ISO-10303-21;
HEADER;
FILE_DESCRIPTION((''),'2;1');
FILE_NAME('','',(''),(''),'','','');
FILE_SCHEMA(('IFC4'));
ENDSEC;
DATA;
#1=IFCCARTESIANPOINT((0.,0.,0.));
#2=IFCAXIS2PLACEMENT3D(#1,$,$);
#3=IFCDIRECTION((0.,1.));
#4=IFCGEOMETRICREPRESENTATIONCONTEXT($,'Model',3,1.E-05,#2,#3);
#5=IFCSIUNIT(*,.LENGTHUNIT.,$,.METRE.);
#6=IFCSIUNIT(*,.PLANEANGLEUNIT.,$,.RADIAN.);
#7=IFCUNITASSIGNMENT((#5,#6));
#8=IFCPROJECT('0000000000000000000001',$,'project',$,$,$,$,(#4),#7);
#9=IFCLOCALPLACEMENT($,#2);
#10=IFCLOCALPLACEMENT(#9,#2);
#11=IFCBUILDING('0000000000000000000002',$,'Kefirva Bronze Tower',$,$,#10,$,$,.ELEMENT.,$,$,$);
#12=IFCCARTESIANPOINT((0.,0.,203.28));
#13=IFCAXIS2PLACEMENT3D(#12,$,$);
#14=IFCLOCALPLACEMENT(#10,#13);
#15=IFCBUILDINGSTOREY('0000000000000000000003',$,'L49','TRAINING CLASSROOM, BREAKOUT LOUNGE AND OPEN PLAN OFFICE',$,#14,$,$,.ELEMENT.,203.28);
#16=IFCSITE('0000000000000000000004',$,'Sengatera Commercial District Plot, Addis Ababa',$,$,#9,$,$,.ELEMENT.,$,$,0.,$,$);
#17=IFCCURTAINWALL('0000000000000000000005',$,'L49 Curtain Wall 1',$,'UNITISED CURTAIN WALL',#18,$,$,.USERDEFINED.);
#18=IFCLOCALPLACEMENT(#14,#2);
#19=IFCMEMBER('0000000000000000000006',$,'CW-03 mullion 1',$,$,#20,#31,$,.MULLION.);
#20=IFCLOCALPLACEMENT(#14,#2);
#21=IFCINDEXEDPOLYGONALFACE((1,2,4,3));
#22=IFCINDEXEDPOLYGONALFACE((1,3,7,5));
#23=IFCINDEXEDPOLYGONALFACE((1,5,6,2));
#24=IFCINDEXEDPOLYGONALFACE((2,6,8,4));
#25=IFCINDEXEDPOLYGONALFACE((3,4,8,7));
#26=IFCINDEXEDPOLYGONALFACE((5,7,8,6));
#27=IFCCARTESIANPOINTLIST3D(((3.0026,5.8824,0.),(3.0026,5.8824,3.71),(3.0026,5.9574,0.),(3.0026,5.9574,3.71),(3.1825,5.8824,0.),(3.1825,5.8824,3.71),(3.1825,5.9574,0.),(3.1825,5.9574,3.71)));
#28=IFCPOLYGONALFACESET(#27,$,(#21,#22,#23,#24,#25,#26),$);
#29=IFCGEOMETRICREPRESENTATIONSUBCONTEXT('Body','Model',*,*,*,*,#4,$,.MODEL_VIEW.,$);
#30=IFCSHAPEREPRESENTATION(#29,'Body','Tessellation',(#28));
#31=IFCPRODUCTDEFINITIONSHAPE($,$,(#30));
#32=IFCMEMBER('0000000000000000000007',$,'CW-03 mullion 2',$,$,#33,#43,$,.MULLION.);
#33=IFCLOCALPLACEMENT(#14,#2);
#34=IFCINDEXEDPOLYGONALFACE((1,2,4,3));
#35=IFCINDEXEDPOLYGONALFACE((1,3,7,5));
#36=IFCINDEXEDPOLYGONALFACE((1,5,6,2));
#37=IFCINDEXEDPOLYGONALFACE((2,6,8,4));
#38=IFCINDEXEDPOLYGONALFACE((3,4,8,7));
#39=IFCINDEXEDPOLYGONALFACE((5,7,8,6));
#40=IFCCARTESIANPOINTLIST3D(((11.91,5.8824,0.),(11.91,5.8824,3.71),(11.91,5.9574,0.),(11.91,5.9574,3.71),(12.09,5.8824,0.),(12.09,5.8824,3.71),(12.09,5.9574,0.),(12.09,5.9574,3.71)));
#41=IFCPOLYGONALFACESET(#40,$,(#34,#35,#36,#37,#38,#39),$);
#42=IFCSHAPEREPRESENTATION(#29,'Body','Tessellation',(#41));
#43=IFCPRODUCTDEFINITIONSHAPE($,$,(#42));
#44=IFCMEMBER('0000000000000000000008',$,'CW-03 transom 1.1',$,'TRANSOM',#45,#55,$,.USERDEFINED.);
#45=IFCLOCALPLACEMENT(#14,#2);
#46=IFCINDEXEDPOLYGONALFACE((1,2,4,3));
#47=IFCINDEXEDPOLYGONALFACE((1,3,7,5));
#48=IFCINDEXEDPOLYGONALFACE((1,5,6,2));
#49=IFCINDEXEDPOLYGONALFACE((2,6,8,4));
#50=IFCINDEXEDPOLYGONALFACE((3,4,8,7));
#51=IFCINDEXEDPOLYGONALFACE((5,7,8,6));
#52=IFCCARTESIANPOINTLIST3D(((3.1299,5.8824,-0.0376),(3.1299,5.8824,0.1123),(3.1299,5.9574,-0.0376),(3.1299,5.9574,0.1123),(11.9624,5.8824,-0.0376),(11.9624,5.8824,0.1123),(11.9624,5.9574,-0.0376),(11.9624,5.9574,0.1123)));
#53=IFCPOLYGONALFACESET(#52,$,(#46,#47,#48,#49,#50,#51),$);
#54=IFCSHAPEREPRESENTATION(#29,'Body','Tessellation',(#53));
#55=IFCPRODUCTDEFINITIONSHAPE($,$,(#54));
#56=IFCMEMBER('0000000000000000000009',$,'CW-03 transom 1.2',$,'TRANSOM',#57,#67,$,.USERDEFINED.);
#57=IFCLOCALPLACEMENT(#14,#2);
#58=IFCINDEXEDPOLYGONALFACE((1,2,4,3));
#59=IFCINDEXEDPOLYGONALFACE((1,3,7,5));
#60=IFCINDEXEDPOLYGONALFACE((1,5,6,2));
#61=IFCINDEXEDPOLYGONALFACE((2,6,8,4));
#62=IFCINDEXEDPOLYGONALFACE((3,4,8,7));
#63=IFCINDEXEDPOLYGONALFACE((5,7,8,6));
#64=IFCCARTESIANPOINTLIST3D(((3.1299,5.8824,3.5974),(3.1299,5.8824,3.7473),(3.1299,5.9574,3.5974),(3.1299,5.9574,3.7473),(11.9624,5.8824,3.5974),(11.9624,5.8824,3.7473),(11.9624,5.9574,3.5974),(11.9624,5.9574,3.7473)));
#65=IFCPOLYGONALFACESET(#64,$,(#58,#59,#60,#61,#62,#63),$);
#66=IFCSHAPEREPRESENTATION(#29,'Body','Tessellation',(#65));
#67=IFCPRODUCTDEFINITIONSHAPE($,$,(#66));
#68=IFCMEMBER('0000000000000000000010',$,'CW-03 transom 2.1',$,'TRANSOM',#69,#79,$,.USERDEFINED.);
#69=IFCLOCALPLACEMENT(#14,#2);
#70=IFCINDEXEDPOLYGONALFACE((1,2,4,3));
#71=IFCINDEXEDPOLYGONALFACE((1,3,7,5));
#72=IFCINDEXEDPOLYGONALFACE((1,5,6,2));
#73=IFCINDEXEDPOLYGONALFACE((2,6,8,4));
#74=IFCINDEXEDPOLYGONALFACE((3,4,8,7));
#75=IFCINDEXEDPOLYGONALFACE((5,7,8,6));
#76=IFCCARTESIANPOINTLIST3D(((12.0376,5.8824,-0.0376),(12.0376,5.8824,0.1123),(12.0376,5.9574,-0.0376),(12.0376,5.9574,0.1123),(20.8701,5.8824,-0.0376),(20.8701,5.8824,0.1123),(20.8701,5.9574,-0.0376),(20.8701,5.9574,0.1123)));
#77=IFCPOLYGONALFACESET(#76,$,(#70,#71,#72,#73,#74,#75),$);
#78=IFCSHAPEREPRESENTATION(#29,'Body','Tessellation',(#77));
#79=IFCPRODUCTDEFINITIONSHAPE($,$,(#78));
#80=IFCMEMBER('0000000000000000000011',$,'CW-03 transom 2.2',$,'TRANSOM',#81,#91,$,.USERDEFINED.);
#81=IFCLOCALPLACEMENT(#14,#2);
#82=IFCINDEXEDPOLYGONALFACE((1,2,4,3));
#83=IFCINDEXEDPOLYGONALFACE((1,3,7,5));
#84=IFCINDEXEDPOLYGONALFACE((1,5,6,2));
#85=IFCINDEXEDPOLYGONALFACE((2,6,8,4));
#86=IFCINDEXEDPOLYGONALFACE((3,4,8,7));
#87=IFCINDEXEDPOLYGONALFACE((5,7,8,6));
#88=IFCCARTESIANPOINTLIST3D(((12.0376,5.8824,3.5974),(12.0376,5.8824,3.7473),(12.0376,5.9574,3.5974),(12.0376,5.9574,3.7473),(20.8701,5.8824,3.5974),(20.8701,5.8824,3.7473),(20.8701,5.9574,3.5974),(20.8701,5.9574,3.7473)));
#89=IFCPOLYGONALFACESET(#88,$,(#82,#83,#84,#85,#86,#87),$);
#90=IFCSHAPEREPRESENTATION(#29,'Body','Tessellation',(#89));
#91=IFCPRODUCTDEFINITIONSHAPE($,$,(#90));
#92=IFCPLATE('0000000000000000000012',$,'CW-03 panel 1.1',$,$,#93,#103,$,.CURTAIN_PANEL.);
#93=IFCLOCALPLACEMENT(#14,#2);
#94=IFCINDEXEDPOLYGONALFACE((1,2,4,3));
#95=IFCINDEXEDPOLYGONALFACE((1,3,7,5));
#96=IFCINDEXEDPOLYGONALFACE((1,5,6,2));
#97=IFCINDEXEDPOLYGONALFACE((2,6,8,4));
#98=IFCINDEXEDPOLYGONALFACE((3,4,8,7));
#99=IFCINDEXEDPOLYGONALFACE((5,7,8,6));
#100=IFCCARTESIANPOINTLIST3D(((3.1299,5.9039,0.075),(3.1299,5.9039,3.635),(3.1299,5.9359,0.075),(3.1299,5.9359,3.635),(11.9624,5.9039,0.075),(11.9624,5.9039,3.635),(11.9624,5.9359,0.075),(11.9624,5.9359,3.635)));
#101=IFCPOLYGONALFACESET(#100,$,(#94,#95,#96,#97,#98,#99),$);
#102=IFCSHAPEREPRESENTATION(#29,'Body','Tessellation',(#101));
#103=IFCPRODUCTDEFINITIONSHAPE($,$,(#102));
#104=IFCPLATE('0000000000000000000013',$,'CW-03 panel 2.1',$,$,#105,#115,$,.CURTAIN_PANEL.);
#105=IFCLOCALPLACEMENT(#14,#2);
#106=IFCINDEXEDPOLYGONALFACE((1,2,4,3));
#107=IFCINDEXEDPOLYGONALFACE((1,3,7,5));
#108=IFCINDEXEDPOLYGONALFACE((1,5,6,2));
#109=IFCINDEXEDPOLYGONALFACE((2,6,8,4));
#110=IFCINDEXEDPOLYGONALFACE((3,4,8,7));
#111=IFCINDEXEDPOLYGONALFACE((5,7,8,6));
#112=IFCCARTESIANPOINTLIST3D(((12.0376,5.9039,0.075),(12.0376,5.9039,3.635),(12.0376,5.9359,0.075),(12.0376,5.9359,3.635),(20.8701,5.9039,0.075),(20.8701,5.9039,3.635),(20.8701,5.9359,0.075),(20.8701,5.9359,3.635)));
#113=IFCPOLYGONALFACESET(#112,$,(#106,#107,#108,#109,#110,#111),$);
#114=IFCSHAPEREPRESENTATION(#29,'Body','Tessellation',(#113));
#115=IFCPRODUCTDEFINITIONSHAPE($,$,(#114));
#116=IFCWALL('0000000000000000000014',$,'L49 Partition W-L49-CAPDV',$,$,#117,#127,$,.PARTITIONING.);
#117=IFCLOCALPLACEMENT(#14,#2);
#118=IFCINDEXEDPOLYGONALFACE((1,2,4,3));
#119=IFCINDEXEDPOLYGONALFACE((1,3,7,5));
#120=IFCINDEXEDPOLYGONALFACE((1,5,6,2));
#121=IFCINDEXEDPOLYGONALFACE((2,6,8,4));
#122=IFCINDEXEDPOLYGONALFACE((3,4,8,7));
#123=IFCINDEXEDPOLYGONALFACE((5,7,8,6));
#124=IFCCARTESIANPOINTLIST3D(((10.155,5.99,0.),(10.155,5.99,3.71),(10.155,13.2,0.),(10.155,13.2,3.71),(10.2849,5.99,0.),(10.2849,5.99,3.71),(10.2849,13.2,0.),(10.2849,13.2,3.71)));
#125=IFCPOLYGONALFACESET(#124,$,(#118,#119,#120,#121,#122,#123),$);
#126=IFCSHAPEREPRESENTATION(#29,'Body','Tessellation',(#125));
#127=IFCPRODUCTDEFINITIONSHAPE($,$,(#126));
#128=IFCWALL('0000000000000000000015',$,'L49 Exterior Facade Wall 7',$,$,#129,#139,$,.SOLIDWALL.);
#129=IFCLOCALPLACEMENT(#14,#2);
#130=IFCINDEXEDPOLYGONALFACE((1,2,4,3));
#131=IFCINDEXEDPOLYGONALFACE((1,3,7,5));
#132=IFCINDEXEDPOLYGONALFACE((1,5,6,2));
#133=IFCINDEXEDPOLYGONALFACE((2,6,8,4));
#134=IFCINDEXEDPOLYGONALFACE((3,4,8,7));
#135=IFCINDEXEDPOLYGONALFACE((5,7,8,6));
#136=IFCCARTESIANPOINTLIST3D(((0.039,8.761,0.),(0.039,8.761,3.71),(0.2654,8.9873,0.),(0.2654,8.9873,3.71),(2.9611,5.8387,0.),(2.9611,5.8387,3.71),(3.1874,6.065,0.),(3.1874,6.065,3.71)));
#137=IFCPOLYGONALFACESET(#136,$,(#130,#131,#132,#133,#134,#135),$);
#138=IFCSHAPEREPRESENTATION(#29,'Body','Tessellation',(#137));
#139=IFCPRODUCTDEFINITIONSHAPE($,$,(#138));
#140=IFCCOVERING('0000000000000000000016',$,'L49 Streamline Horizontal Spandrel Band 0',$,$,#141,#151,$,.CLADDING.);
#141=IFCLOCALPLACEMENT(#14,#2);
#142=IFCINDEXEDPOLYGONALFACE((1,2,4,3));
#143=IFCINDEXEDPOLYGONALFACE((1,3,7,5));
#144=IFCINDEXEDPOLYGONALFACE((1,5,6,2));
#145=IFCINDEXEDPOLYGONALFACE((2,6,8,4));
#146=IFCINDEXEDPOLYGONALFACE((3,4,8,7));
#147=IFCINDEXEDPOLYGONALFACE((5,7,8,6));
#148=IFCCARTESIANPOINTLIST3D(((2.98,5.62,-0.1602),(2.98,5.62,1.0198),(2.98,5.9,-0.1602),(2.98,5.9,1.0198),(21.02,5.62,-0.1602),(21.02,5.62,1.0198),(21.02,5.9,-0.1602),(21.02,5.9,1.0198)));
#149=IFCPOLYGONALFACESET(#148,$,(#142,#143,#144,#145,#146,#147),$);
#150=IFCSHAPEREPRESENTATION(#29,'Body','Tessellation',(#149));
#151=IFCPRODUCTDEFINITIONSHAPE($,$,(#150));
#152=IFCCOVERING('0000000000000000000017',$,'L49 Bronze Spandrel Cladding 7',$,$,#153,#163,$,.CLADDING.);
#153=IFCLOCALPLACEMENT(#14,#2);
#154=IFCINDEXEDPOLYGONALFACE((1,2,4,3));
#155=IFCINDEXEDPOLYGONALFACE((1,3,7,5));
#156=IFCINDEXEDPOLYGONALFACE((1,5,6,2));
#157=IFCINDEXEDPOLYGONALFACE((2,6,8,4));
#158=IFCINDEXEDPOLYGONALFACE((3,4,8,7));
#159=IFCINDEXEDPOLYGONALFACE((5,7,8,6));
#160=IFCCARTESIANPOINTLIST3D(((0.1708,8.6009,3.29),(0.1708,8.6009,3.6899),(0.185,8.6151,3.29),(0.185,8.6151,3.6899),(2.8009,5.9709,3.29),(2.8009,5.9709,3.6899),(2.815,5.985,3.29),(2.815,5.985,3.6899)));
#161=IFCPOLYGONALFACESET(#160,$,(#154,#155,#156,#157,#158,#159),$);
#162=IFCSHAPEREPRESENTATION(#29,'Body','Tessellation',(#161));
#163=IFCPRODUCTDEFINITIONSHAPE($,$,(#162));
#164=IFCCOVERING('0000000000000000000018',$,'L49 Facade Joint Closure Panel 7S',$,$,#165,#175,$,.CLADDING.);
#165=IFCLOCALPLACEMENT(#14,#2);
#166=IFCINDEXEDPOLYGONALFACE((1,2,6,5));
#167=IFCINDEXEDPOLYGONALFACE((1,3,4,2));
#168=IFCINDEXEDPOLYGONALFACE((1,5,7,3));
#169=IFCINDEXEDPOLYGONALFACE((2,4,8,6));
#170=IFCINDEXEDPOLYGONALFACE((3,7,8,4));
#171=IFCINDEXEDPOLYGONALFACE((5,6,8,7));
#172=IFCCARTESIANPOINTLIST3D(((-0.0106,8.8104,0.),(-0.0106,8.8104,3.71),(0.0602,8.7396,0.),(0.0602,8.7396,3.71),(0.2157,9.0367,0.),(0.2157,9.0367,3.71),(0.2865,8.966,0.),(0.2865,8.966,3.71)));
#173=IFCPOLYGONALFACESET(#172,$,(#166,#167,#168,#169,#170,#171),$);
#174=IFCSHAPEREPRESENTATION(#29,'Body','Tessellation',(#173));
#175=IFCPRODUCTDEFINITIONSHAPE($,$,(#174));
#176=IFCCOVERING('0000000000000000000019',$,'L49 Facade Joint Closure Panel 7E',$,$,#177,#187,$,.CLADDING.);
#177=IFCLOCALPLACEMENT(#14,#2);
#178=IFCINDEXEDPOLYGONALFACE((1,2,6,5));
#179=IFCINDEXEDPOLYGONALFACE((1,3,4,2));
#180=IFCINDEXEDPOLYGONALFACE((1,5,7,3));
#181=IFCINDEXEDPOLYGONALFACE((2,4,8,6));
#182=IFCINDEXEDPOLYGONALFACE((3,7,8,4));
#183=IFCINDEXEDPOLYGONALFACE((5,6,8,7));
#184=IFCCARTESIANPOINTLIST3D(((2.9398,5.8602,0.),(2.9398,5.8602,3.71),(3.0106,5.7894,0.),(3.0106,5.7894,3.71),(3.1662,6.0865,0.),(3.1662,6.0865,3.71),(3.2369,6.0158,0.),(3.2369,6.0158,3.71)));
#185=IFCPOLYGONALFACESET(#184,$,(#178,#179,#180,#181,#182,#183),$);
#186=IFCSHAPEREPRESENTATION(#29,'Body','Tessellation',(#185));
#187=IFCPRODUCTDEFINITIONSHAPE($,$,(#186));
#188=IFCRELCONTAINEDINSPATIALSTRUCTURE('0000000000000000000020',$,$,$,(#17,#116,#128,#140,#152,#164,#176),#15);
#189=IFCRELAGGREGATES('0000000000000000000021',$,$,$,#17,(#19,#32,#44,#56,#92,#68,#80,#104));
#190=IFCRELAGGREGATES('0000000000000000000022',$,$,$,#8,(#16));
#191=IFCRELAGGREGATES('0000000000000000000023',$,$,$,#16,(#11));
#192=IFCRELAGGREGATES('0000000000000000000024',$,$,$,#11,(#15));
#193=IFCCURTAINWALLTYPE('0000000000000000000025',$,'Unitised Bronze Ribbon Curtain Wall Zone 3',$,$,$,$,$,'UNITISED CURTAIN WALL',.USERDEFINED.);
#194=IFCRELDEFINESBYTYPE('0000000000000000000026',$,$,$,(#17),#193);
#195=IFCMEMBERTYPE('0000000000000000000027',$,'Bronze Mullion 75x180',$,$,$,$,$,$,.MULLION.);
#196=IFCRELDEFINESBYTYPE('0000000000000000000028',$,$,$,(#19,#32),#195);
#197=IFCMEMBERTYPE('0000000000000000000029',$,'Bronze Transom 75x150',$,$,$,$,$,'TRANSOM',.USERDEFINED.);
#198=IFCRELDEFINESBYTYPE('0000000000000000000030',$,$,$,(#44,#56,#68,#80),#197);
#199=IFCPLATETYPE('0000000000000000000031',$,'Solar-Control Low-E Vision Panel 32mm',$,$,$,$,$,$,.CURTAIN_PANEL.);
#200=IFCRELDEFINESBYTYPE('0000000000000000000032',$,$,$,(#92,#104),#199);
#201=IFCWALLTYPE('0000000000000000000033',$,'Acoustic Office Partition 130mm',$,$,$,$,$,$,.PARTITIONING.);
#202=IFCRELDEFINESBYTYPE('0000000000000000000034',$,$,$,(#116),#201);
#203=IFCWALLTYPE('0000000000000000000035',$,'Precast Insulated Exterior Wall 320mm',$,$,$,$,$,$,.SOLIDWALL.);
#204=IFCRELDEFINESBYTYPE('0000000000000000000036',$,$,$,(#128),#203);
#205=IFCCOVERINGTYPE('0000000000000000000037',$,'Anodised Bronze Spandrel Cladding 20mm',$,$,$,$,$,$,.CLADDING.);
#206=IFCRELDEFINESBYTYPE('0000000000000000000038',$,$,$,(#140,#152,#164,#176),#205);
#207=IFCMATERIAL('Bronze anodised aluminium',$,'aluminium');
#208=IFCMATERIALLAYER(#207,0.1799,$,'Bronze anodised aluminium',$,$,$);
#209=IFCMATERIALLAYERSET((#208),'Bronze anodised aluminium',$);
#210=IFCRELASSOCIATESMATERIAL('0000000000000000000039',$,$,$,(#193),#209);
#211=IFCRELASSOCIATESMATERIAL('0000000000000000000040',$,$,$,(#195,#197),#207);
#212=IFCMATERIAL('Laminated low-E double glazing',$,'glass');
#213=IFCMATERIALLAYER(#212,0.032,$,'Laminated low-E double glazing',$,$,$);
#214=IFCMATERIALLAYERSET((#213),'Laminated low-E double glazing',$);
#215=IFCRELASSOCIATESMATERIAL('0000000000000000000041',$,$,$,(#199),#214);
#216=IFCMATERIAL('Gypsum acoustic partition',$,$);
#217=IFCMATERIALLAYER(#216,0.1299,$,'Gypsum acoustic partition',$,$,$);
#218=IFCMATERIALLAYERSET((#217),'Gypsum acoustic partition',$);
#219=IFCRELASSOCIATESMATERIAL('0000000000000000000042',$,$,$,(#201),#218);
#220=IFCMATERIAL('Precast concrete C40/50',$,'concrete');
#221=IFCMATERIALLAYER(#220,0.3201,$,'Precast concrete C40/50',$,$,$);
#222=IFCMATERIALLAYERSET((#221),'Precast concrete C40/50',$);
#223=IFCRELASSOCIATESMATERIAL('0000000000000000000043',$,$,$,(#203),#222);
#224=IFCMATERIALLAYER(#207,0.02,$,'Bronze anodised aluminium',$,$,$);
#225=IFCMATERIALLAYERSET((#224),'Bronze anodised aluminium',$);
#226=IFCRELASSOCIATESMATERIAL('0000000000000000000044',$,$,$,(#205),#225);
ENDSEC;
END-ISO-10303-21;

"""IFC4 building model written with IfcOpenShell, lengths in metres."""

from ifc_helpers import new_model, si_unit, direction, frame, frame_2d, origin, origin_2d, place, context, subcontext, project, spatial, rectangle, extrude, material, layer, layer_set, material_profile, profile_set, type_object, element, aggregate, save


model = new_model("IFC4")

# Units and contexts
model_context = context("Model", 3, precision=1e-05, world=origin(), true_north=direction((0.0, 1.0)))
body_context = subcontext(model_context, "Body", "Model", "MODEL_VIEW")
ifc_project = project(units=[si_unit("LENGTHUNIT", "METRE"), si_unit("PLANEANGLEUNIT", "RADIAN")], contexts=[model_context])

# Site, building, storey
site_placement = place(None, origin())
site = spatial("IfcSite", under=ifc_project, at=site_placement, Name="Sengatera Commercial District Plot, Addis Ababa", CompositionType="ELEMENT", RefElevation=0.0)
building_placement = place(site_placement, origin())
building = spatial("IfcBuilding", under=site, at=building_placement, Name="Kefirva Bronze Tower", CompositionType="ELEMENT")
storey_placement = place(building_placement, frame((0.0, 0.0, 203.28)))
storey = spatial("IfcBuildingStorey", under=building, at=storey_placement, Name="L49", Description="TRAINING CLASSROOM, BREAKOUT LOUNGE AND OPEN PLAN OFFICE", CompositionType="ELEMENT", Elevation=203.28)

# Curtain wall, members, plates
ifc_material_1 = material(Name="Bronze anodised aluminium", Category="aluminium")
ifc_layer_1 = layer(ifc_material_1, 0.1799, Name="Bronze anodised aluminium")
ifc_layer_set_1 = layer_set([ifc_layer_1], Name="Bronze anodised aluminium")
curtain_wall_type = type_object("IfcCurtainWallType", Name="Unitised Bronze Ribbon Curtain Wall Zone 3", ElementType="UNITISED CURTAIN WALL", PredefinedType="USERDEFINED", material=ifc_layer_set_1)
curtain_wall_placement = place(storey_placement, origin())
curtain_wall = element("IfcCurtainWall", 1, at=curtain_wall_placement, inside=storey, type_object=curtain_wall_type, Name="L49 Curtain Wall 1", ObjectType="UNITISED CURTAIN WALL", PredefinedType="USERDEFINED")
ifc_material_profile_1 = material_profile(ifc_material_1, rectangle(XDim=0.075, YDim=0.1799, at=origin_2d()), Name="ALU 75x180")
ifc_profile_set_1 = profile_set([ifc_material_profile_1], Name="Bronze anodised aluminium")
member_type_1 = type_object("IfcMemberType", Name="Bronze Mullion 75x180", PredefinedType="MULLION", material=ifc_profile_set_1)
member_1_placement = place(storey_placement, frame((3.0925, 5.9199, 0.0), z_axis=(0.0, 0.0, 1.0), x_axis=(0.0, 1.0, 0.0)))
member_1 = element("IfcMember", 2, at=member_1_placement, type_object=member_type_1, Name="CW-03 mullion 1", PredefinedType="MULLION", context=body_context, shape_type="SweptSolid", body=[
    extrude(rectangle(XDim=0.075, YDim=0.1799, at=origin_2d()), origin(), (0.0, 0.0, 1.0), 3.71),
])
member_2_placement = place(storey_placement, frame((12.0, 5.9199, 0.0), z_axis=(0.0, 0.0, 1.0), x_axis=(0.0, 1.0, 0.0)))
member_2 = element("IfcMember", 3, at=member_2_placement, type_object=member_type_1, Name="CW-03 mullion 2", PredefinedType="MULLION", context=body_context, shape_type="SweptSolid", body=[
    extrude(rectangle(XDim=0.075, YDim=0.1799, at=origin_2d()), origin(), (0.0, 0.0, 1.0), 3.71),
])
ifc_material_profile_2 = material_profile(ifc_material_1, rectangle(XDim=0.075, YDim=0.1499, at=origin_2d()), Name="ALU 75x150")
ifc_profile_set_2 = profile_set([ifc_material_profile_2], Name="Bronze anodised aluminium")
member_type_2 = type_object("IfcMemberType", Name="Bronze Transom 75x150", ElementType="TRANSOM", PredefinedType="USERDEFINED", material=ifc_profile_set_2)
member_3_placement = place(storey_placement, frame((3.1299, 5.9199, 0.0374), z_axis=(1.0, 0.0, 0.0), x_axis=(0.0, 1.0, 0.0)))
member_3 = element("IfcMember", 4, at=member_3_placement, type_object=member_type_2, Name="CW-03 transom 1.1", ObjectType="TRANSOM", PredefinedType="USERDEFINED", context=body_context, shape_type="SweptSolid", body=[
    extrude(rectangle(XDim=0.075, YDim=0.1499, at=origin_2d()), origin(), (0.0, 0.0, 1.0), 8.8325),
])
member_4_placement = place(storey_placement, frame((3.1299, 5.9199, 3.6724), z_axis=(1.0, 0.0, 0.0), x_axis=(0.0, 1.0, 0.0)))
member_4 = element("IfcMember", 5, at=member_4_placement, type_object=member_type_2, Name="CW-03 transom 1.2", ObjectType="TRANSOM", PredefinedType="USERDEFINED", context=body_context, shape_type="SweptSolid", body=[
    extrude(rectangle(XDim=0.075, YDim=0.1499, at=origin_2d()), origin(), (0.0, 0.0, 1.0), 8.8325),
])
member_5_placement = place(storey_placement, frame((12.0376, 5.9199, 0.0374), z_axis=(1.0, 0.0, 0.0), x_axis=(0.0, 1.0, 0.0)))
member_5 = element("IfcMember", 6, at=member_5_placement, type_object=member_type_2, Name="CW-03 transom 2.1", ObjectType="TRANSOM", PredefinedType="USERDEFINED", context=body_context, shape_type="SweptSolid", body=[
    extrude(rectangle(XDim=0.075, YDim=0.1499, at=origin_2d()), origin(), (0.0, 0.0, 1.0), 8.8325),
])
member_6_placement = place(storey_placement, frame((12.0376, 5.9199, 3.6724), z_axis=(1.0, 0.0, 0.0), x_axis=(0.0, 1.0, 0.0)))
member_6 = element("IfcMember", 7, at=member_6_placement, type_object=member_type_2, Name="CW-03 transom 2.2", ObjectType="TRANSOM", PredefinedType="USERDEFINED", context=body_context, shape_type="SweptSolid", body=[
    extrude(rectangle(XDim=0.075, YDim=0.1499, at=origin_2d()), origin(), (0.0, 0.0, 1.0), 8.8325),
])
ifc_material_2 = material(Name="Laminated low-E double glazing", Category="glass")
ifc_layer_2 = layer(ifc_material_2, 0.032, Name="Laminated low-E double glazing")
ifc_layer_set_2 = layer_set([ifc_layer_2], Name="Laminated low-E double glazing")
plate_type = type_object("IfcPlateType", Name="Solar-Control Low-E Vision Panel 32mm", PredefinedType="CURTAIN_PANEL", material=ifc_layer_set_2)
plate_1_placement = place(storey_placement, frame((7.5461, 5.9199, 0.075), z_axis=(0.0, 0.0, 1.0), x_axis=(1.0, 0.0, 0.0)))
plate_1 = element("IfcPlate", 8, at=plate_1_placement, type_object=plate_type, Name="CW-03 panel 1.1", PredefinedType="CURTAIN_PANEL", context=body_context, shape_type="SweptSolid", body=[
    extrude(rectangle(XDim=8.8325, YDim=0.032, at=origin_2d()), origin(), (0.0, 0.0, 1.0), 3.5601),
])
plate_2_placement = place(storey_placement, frame((16.4539, 5.9199, 0.075), z_axis=(0.0, 0.0, 1.0), x_axis=(1.0, 0.0, 0.0)))
plate_2 = element("IfcPlate", 9, at=plate_2_placement, type_object=plate_type, Name="CW-03 panel 2.1", PredefinedType="CURTAIN_PANEL", context=body_context, shape_type="SweptSolid", body=[
    extrude(rectangle(XDim=8.8325, YDim=0.032, at=origin_2d()), origin(), (0.0, 0.0, 1.0), 3.5601),
])
aggregate(curtain_wall, [member_1, member_2, member_3, member_4, plate_1, member_5, member_6, plate_2])

# Walls
ifc_material_3 = material(Name="Gypsum acoustic partition")
ifc_layer_3 = layer(ifc_material_3, 0.1299, Name="Gypsum acoustic partition")
ifc_layer_set_3 = layer_set([ifc_layer_3], Name="Gypsum acoustic partition")
wall_type_1 = type_object("IfcWallType", Name="Acoustic Office Partition 130mm", PredefinedType="PARTITIONING", material=ifc_layer_set_3)
wall_1_placement = place(storey_placement, frame((10.22, 5.99, 0.0), z_axis=(0.0, 0.0, 1.0), x_axis=(0.0, 1.0, 0.0)))
element("IfcWall", 10, at=wall_1_placement, inside=storey, type_object=wall_type_1, Name="L49 Partition W-L49-CAPDV", PredefinedType="PARTITIONING", context=body_context, shape_type="SweptSolid", body=[
    extrude(rectangle(XDim=7.21, YDim=0.1299, at=frame_2d((3.605, 0.0))), origin(), (0.0, 0.0, 1.0), 3.71),
])
ifc_material_4 = material(Name="Precast concrete C40/50", Category="concrete")
ifc_layer_4 = layer(ifc_material_4, 0.3201, Name="Precast concrete C40/50")
ifc_layer_set_4 = layer_set([ifc_layer_4], Name="Precast concrete C40/50")
wall_type_2 = type_object("IfcWallType", Name="Precast Insulated Exterior Wall 320mm", PredefinedType="SOLIDWALL", material=ifc_layer_set_4)
wall_2_placement = place(storey_placement, frame((0.1521, 8.8743, 0.0), z_axis=(0.0, 0.0, 1.0), x_axis=(0.707077, -0.707136, 0.0)))
element("IfcWall", 11, at=wall_2_placement, inside=storey, type_object=wall_type_2, Name="L49 Exterior Facade Wall 7", PredefinedType="SOLIDWALL", context=body_context, shape_type="SweptSolid", body=[
    extrude(rectangle(XDim=4.1326, YDim=0.3201, at=frame_2d((2.0664, 0.0))), origin(), (0.0, 0.0, 1.0), 3.71),
])

# Coverings
ifc_layer_5 = layer(ifc_material_1, 0.02, Name="Bronze anodised aluminium")
ifc_layer_set_5 = layer_set([ifc_layer_5], Name="Bronze anodised aluminium")
covering_type_1 = type_object("IfcCoveringType", Name="Anodised Bronze Spandrel Cladding 20mm", PredefinedType="CLADDING", material=ifc_layer_set_5)
covering_1_placement = place(storey_placement, frame((12.0, 5.76, -0.1602), z_axis=(0.0, 0.0, 1.0), x_axis=(1.0, 0.0, 0.0)))
element("IfcCovering", 12, at=covering_1_placement, inside=storey, type_object=covering_type_1, Name="L49 Streamline Horizontal Spandrel Band 0", PredefinedType="CLADDING", context=body_context, shape_type="SweptSolid", body=[
    extrude(rectangle(XDim=18.04, YDim=0.28, at=origin_2d()), origin(), (0.0, 0.0, 1.0), 1.1799),
])
covering_2_placement = place(storey_placement, frame((1.4929, 7.293, 3.29), z_axis=(0.0, 0.0, 1.0), x_axis=(0.707107, -0.707107, 0.0)))
element("IfcCovering", 13, at=covering_2_placement, inside=storey, type_object=covering_type_1, Name="L49 Bronze Spandrel Cladding 7", PredefinedType="CLADDING", context=body_context, shape_type="SweptSolid", body=[
    extrude(rectangle(XDim=3.7195, YDim=0.02, at=origin_2d()), origin(), (0.0, 0.0, 1.0), 0.3999),
])
for number, where, z_axis, x_axis, name in (
    (14, (0.1379, 8.8882, 0.0), (0.0, 0.0, 1.0), (0.707107, -0.707107, 0.0), "L49 Facade Joint Closure Panel 7S"),
    (15, (3.0884, 5.938, 0.0), (0.0, 0.0, 1.0), (0.707107, -0.707107, 0.0), "L49 Facade Joint Closure Panel 7E"),
):
    element("IfcCovering", number, at=place(storey_placement, frame(where, z_axis=z_axis, x_axis=x_axis)), inside=storey, type_object=covering_type_1, Name=name, PredefinedType="CLADDING", context=body_context, shape_type="SweptSolid", body=[
        extrude(rectangle(XDim=0.1001, YDim=0.3201, at=origin_2d()), origin(), (0.0, 0.0, 1.0), 3.71),
    ])

save(model, "model.ifc")
